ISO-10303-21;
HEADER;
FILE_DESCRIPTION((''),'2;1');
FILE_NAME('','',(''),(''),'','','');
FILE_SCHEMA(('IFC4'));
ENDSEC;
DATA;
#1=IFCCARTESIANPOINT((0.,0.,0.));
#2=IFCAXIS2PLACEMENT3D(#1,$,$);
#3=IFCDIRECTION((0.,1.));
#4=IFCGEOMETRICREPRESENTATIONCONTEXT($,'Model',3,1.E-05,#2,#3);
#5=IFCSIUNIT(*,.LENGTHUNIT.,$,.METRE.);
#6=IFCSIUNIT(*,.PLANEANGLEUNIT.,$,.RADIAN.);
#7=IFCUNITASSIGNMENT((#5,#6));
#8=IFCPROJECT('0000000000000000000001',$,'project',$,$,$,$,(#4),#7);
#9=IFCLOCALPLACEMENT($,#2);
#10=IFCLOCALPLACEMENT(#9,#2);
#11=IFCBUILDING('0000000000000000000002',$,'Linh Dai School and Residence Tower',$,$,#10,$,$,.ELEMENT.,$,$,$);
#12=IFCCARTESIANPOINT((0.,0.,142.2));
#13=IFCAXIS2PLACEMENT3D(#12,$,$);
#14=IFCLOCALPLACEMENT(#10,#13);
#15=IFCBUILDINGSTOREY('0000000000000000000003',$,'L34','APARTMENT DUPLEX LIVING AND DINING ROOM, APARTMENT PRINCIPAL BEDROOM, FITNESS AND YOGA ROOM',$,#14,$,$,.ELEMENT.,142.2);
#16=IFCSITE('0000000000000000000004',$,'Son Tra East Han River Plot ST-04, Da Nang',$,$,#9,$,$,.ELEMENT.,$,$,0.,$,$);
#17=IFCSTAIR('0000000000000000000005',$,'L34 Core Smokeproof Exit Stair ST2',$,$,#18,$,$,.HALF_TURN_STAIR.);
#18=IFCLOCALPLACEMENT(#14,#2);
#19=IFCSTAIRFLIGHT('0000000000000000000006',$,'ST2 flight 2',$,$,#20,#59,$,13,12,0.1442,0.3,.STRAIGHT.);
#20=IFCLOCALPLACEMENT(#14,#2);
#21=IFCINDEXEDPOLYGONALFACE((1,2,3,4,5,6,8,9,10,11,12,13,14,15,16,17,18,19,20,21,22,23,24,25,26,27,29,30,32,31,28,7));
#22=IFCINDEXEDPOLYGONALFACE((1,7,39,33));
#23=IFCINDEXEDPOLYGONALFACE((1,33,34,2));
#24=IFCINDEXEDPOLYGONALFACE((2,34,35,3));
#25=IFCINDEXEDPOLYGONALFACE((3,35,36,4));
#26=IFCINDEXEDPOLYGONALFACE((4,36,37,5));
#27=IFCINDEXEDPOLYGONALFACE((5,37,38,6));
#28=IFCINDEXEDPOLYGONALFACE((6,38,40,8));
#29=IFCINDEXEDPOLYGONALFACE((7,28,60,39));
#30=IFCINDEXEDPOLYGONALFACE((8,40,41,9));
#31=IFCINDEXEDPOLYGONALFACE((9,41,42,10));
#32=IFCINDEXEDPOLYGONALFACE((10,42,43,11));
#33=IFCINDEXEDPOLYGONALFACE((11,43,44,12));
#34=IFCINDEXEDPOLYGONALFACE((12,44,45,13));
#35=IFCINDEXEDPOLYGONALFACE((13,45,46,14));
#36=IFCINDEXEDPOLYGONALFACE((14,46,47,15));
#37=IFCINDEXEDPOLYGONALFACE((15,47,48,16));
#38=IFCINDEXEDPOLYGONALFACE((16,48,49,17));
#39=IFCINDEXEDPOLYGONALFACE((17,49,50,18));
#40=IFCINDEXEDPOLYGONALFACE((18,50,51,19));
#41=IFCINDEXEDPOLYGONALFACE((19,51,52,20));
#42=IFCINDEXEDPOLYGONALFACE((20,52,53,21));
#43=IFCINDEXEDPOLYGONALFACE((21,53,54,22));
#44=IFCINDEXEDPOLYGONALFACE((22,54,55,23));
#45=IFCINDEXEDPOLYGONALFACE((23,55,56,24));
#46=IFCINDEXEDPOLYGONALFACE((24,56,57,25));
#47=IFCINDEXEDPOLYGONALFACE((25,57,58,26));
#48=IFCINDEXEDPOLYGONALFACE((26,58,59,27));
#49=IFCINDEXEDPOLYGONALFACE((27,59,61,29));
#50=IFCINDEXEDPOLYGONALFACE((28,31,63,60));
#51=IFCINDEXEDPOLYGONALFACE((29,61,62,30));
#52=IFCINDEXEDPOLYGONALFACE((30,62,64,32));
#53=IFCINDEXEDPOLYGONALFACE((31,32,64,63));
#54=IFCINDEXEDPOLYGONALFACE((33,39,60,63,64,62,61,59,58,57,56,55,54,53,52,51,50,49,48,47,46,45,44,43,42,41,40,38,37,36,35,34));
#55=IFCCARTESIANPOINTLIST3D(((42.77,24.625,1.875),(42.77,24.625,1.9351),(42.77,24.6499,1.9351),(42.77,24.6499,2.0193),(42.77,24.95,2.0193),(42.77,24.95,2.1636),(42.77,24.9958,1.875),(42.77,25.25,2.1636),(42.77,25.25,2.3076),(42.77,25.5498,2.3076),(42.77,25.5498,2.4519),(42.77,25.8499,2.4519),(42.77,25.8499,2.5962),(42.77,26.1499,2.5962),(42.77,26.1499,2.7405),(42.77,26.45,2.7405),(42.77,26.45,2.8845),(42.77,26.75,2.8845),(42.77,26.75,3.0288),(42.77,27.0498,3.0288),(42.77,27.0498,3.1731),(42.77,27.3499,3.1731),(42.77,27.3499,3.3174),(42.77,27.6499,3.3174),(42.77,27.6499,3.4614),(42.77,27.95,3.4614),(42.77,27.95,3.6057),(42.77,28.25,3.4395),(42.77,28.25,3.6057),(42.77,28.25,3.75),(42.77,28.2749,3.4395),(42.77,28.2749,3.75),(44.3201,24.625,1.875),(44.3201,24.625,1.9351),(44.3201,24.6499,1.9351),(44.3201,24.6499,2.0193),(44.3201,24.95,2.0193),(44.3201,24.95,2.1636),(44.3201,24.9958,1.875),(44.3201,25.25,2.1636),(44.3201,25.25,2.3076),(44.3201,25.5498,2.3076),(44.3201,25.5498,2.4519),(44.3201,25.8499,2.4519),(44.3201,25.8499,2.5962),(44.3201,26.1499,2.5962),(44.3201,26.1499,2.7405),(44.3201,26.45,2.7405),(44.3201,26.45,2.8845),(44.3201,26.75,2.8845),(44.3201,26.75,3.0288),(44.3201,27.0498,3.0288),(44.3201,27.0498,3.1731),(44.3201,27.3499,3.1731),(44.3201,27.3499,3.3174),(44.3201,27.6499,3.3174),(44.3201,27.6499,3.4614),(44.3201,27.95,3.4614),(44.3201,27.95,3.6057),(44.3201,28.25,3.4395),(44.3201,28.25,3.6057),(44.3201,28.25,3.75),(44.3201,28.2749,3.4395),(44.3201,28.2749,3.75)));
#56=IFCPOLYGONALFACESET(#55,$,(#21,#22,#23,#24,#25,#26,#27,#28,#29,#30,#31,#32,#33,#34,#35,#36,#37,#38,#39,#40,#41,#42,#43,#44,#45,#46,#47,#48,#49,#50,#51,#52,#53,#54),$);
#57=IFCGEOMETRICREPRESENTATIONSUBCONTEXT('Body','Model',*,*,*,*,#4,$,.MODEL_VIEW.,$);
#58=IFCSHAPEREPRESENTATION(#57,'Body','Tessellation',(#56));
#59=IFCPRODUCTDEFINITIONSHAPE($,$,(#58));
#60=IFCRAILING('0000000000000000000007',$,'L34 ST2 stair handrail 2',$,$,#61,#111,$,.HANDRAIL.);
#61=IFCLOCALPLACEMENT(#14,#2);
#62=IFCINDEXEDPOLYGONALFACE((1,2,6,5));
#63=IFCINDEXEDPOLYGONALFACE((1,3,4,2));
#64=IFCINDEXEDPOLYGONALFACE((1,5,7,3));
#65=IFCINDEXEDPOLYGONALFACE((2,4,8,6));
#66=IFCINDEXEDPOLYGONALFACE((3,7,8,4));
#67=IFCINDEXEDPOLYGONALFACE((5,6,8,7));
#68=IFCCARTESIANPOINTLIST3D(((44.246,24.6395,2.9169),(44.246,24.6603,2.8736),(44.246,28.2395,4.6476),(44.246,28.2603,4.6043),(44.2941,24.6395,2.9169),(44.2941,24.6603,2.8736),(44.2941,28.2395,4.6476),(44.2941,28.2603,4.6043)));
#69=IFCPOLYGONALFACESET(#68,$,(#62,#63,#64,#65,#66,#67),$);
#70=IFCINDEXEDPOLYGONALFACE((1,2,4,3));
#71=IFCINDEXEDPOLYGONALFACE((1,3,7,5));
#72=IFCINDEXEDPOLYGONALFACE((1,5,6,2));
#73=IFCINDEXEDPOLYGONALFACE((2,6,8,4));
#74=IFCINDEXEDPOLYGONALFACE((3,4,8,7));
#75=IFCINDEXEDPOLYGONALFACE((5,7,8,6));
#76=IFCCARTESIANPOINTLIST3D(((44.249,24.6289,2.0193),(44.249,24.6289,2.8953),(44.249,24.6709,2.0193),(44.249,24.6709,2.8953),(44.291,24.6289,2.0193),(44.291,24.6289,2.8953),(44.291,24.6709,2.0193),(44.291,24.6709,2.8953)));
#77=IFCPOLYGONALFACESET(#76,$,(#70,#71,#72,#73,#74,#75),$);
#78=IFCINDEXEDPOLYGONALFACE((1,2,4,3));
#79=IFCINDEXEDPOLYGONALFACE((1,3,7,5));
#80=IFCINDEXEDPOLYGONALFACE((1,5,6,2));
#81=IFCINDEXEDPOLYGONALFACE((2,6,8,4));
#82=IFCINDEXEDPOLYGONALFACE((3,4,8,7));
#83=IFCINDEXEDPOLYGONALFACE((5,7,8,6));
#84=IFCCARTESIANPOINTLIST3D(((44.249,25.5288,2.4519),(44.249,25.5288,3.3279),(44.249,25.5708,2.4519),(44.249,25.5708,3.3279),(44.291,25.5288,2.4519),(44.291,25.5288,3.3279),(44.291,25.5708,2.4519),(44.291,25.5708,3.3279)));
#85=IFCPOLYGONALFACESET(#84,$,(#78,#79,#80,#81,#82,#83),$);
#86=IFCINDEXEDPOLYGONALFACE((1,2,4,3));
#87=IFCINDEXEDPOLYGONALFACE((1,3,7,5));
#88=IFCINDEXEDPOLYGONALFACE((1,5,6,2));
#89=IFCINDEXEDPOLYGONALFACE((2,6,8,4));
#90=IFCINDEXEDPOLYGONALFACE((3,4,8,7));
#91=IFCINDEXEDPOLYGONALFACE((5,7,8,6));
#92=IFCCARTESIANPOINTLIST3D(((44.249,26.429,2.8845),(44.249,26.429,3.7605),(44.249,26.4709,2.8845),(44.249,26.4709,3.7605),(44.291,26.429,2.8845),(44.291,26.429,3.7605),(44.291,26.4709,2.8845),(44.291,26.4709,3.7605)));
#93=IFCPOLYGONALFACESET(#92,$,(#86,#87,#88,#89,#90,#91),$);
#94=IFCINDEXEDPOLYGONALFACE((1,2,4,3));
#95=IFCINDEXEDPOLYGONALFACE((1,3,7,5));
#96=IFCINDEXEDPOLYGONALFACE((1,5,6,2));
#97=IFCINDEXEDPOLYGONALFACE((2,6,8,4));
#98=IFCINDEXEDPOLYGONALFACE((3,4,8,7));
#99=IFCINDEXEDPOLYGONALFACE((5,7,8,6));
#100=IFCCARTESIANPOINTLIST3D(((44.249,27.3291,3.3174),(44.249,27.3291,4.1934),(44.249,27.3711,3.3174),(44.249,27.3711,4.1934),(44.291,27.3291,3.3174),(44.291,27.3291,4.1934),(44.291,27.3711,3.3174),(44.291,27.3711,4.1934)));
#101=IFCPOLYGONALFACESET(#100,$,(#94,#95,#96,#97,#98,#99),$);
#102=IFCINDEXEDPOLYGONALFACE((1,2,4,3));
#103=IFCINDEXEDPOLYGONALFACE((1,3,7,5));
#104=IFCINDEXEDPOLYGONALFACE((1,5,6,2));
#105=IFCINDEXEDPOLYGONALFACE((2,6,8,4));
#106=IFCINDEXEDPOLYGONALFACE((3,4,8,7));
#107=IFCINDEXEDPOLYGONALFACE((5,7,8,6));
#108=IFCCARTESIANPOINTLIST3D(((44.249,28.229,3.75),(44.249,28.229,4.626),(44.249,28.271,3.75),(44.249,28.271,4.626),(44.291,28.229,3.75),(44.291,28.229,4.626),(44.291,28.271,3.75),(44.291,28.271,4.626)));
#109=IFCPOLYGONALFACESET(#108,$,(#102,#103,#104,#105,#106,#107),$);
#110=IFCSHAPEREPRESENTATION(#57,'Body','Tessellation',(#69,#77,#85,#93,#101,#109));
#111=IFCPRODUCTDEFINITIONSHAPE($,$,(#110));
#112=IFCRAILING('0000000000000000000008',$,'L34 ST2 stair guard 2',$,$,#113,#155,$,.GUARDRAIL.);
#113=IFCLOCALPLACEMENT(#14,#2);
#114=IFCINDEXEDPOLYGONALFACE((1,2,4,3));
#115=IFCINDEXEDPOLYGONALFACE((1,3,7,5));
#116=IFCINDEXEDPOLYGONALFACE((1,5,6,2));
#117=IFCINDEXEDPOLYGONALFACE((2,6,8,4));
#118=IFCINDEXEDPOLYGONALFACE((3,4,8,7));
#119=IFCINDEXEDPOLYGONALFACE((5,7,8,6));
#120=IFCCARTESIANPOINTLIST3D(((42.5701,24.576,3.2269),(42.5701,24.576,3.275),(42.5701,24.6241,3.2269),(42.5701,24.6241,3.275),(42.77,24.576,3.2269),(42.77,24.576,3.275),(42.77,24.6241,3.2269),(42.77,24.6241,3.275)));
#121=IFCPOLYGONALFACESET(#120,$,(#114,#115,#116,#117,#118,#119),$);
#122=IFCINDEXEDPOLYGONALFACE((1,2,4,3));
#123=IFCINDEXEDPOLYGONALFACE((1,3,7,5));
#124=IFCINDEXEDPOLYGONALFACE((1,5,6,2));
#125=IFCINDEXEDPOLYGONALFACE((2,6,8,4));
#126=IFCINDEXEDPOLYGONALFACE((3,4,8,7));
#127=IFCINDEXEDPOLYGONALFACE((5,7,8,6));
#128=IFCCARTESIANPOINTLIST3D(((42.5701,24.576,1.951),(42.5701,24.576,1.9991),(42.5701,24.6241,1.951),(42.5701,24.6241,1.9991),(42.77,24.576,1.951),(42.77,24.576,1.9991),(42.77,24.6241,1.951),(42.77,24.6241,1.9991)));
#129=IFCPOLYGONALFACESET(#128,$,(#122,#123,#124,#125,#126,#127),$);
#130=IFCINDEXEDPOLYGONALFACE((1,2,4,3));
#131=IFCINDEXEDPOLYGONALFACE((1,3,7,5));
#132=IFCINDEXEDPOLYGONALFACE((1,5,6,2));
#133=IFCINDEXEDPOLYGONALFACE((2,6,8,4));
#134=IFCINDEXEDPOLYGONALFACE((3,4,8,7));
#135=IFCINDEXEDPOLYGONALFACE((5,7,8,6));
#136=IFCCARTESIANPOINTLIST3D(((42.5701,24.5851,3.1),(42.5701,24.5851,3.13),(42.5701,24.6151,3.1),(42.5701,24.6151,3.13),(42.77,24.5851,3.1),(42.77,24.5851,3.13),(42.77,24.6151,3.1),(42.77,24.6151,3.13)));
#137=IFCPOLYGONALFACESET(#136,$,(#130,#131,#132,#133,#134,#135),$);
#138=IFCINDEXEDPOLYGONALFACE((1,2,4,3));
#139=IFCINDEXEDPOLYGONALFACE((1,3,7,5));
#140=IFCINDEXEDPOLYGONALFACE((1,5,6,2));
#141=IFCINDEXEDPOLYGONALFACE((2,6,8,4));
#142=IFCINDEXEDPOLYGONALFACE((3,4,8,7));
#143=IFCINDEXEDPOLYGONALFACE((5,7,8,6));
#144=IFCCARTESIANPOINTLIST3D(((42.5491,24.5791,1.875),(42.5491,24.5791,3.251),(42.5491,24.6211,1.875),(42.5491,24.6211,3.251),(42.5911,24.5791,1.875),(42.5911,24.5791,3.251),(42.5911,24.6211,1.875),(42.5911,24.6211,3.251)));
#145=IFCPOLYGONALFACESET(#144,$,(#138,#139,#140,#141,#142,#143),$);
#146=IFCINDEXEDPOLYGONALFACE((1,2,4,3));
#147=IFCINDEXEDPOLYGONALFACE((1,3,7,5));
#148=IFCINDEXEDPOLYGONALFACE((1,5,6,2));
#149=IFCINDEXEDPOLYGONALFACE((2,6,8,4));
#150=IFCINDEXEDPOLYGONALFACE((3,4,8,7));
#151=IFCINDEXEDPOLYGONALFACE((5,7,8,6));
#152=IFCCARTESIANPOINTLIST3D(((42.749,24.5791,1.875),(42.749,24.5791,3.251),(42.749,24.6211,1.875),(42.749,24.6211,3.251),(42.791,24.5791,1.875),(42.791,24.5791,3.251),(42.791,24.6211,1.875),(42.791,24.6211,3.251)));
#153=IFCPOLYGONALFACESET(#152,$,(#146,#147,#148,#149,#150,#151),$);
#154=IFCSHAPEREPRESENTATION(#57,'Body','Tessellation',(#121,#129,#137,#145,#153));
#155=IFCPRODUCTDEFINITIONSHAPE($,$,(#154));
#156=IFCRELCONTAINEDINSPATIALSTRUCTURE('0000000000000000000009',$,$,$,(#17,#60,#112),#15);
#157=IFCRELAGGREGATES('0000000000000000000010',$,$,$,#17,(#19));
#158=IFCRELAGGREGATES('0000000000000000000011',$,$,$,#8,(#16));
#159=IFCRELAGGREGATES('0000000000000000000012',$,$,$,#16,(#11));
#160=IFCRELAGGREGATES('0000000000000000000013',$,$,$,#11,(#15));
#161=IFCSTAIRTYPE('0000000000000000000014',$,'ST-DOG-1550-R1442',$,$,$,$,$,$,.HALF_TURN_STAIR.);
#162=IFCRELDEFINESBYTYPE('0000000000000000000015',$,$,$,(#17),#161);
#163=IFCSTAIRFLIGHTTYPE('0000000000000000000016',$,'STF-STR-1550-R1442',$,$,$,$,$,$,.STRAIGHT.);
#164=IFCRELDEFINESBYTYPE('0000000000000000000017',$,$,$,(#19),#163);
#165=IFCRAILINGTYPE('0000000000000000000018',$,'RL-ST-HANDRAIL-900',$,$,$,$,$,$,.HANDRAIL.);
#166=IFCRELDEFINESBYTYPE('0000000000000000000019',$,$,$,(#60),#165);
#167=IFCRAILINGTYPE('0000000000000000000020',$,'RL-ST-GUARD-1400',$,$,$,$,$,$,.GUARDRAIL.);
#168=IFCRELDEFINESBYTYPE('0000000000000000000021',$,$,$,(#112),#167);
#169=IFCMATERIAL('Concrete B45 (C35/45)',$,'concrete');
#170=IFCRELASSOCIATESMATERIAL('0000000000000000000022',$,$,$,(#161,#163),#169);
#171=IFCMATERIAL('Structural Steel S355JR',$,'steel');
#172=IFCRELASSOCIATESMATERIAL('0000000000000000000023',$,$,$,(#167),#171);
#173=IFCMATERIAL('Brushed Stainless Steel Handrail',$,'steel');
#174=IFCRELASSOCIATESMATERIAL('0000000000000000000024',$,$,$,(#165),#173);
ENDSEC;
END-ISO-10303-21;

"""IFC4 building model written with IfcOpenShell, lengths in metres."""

from ifc_helpers import new_model, si_unit, direction, frame, origin, origin_2d, place, context, subcontext, project, spatial, polyline, rectangle, outline, extrude, source, transform, mapped, material, type_object, element, aggregate, save


model = new_model("IFC4")

# Units and contexts
model_context = context("Model", 3, precision=1e-05, world=origin(), true_north=direction((0.0, 1.0)))
body_context = subcontext(model_context, "Body", "Model", "MODEL_VIEW")
ifc_project = project(units=[si_unit("LENGTHUNIT", "METRE"), si_unit("PLANEANGLEUNIT", "RADIAN")], contexts=[model_context])

# Site, building, storey
site_placement = place(None, origin())
site = spatial("IfcSite", under=ifc_project, at=site_placement, Name="Son Tra East Han River Plot ST-04, Da Nang", CompositionType="ELEMENT", RefElevation=0.0)
building_placement = place(site_placement, origin())
building = spatial("IfcBuilding", under=site, at=building_placement, Name="Linh Dai School and Residence Tower", CompositionType="ELEMENT")
storey_placement = place(building_placement, frame((0.0, 0.0, 142.2)))
storey = spatial("IfcBuildingStorey", under=building, at=storey_placement, Name="L34", Description="APARTMENT DUPLEX LIVING AND DINING ROOM, APARTMENT PRINCIPAL BEDROOM, FITNESS AND YOGA ROOM", CompositionType="ELEMENT", Elevation=142.2)

# Shared definitions
ifc_material_1 = material(Name="Structural Steel S355JR", Category="steel")

# Shared definitions
ifc_material_2 = material(Name="Concrete B45 (C35/45)", Category="concrete")

# Stair, stair flight
stair_type = type_object("IfcStairType", Name="ST-DOG-1550-R1442", PredefinedType="HALF_TURN_STAIR", material=ifc_material_2)
stair_placement = place(storey_placement, origin())
stair = element("IfcStair", 1, at=stair_placement, inside=storey, type_object=stair_type, Name="L34 Core Smokeproof Exit Stair ST2", PredefinedType="HALF_TURN_STAIR")
stair_flight_type = type_object("IfcStairFlightType", Name="STF-STR-1550-R1442", PredefinedType="STRAIGHT", material=ifc_material_2)
shared_shape_1 = source(origin(), body_context, "Body", "SweptSolid", [
    extrude(outline(polyline([(-0.0249, 0.0), (-0.0249, 0.0601), (0.0, 0.0601), (0.0, 0.1443), (0.3, 0.1443), (0.3, 0.2886), (0.6001, 0.2886), (0.6001, 0.4326), (0.8999, 0.4326), (0.8999, 0.5769), (1.2, 0.5769), (1.2, 0.7212), (1.5, 0.7212), (1.5, 0.8655), (1.8, 0.8655), (1.8, 1.0095), (2.1001, 1.0095), (2.1001, 1.1538), (2.3999, 1.1538), (2.3999, 1.2981), (2.7, 1.2981), (2.7, 1.4424), (3.0, 1.4424), (3.0, 1.5864), (3.3, 1.5864), (3.3, 1.7307), (3.6001, 1.7307), (3.6001, 1.875), (3.625, 1.875), (3.625, 1.5645), (3.6001, 1.5645), (0.3459, 0.0), (-0.0249, 0.0)])), frame((0.0, 0.7749, 0.0), z_axis=(0.0, -1.0, 0.0), x_axis=(1.0, 0.0, 0.0)), (0.0, 0.0, 1.0), 1.55),
])
stair_flight_placement = place(storey_placement, frame((43.5449, 24.6499, 1.875), z_axis=(0.0, 0.0, 1.0), x_axis=(0.0, 1.0, 0.0)))
stair_flight = element("IfcStairFlight", 2, at=stair_flight_placement, type_object=stair_flight_type, Name="ST2 flight 2", NumberOfRisers=13, NumberOfTreads=12, PredefinedType="STRAIGHT", RiserHeight=0.1442, TreadLength=0.3, context=body_context, shape_type="MappedRepresentation", body=[
    mapped(shared_shape_1, transform((0.0, 0.0, 0.0), x_axis=(1.0, 0.0, 0.0), y_axis=(0.0, 1.0, 0.0), z_axis=(0.0, 0.0, 1.0), scale=1.0)),
])
aggregate(stair, [stair_flight])

# Railings
railing_type_1 = type_object("IfcRailingType", Name="RL-ST-GUARD-1400", PredefinedType="GUARDRAIL", material=ifc_material_1)
ifc_material_3 = material(Name="Brushed Stainless Steel Handrail", Category="steel")
railing_type_2 = type_object("IfcRailingType", Name="RL-ST-HANDRAIL-900", PredefinedType="HANDRAIL", material=ifc_material_3)
shared_shape_2 = source(origin(), body_context, "Body", "SweptSolid", [
    extrude(rectangle(XDim=0.0481, YDim=0.0481, at=origin_2d()), frame((0.0, 0.0, 0.876), z_axis=(0.0, 0.901263, 0.433273), x_axis=(-1.0, 0.0, 0.0)), (0.0, 0.0, 1.0), 3.9944),
    extrude(rectangle(XDim=0.042, YDim=0.042, at=origin_2d()), origin(), (0.0, 0.0, 1.0), 0.876),
    extrude(rectangle(XDim=0.042, YDim=0.042, at=origin_2d()), frame((0.0, 0.8999, 0.4326)), (0.0, 0.0, 1.0), 0.876),
    extrude(rectangle(XDim=0.042, YDim=0.042, at=origin_2d()), frame((0.0, 1.8, 0.8652)), (0.0, 0.0, 1.0), 0.876),
    extrude(rectangle(XDim=0.042, YDim=0.042, at=origin_2d()), frame((0.0, 2.7002, 1.2981)), (0.0, 0.0, 1.0), 0.876),
    extrude(rectangle(XDim=0.042, YDim=0.042, at=origin_2d()), frame((0.0, 3.6001, 1.7307)), (0.0, 0.0, 1.0), 0.876),
])
railing_1_placement = place(storey_placement, frame((44.27, 24.6499, 2.0193)))
element("IfcRailing", 3, at=railing_1_placement, inside=storey, type_object=railing_type_2, Name="L34 ST2 stair handrail 2", PredefinedType="HANDRAIL", context=body_context, shape_type="MappedRepresentation", body=[
    mapped(shared_shape_2, transform((0.0, 0.0, 0.0), x_axis=(1.0, 0.0, 0.0), y_axis=(0.0, 1.0, 0.0), z_axis=(0.0, 0.0, 1.0), scale=1.0)),
])
shared_shape_3 = source(origin(), body_context, "Body", "SweptSolid", [
    extrude(rectangle(XDim=0.0481, YDim=0.0481, at=origin_2d()), frame((0.0, 0.0, 1.376), z_axis=(1.0, 0.0, 0.0), x_axis=(0.0, 1.0, 0.0)), (0.0, 0.0, 1.0), 0.2),
    extrude(rectangle(XDim=0.0481, YDim=0.0481, at=origin_2d()), frame((0.0, 0.0, 0.1001), z_axis=(1.0, 0.0, 0.0), x_axis=(0.0, 1.0, 0.0)), (0.0, 0.0, 1.0), 0.2),
    extrude(rectangle(XDim=0.03, YDim=0.03, at=origin_2d()), frame((0.0, 0.0, 1.24), z_axis=(1.0, 0.0, 0.0), x_axis=(0.0, 1.0, 0.0)), (0.0, 0.0, 1.0), 0.2),
    extrude(rectangle(XDim=0.042, YDim=0.042, at=origin_2d()), origin(), (0.0, 0.0, 1.0), 1.376),
    extrude(rectangle(XDim=0.042, YDim=0.042, at=origin_2d()), frame((0.2, 0.0, 0.0)), (0.0, 0.0, 1.0), 1.376),
])
railing_2_placement = place(storey_placement, frame((42.5701, 24.6001, 1.875)))
element("IfcRailing", 4, at=railing_2_placement, inside=storey, type_object=railing_type_1, Name="L34 ST2 stair guard 2", PredefinedType="GUARDRAIL", context=body_context, shape_type="MappedRepresentation", body=[
    mapped(shared_shape_3, transform((0.0, 0.0, 0.0), x_axis=(1.0, 0.0, 0.0), y_axis=(0.0, 1.0, 0.0), z_axis=(0.0, 0.0, 1.0), scale=1.0)),
])

save(model, "model.ifc")
